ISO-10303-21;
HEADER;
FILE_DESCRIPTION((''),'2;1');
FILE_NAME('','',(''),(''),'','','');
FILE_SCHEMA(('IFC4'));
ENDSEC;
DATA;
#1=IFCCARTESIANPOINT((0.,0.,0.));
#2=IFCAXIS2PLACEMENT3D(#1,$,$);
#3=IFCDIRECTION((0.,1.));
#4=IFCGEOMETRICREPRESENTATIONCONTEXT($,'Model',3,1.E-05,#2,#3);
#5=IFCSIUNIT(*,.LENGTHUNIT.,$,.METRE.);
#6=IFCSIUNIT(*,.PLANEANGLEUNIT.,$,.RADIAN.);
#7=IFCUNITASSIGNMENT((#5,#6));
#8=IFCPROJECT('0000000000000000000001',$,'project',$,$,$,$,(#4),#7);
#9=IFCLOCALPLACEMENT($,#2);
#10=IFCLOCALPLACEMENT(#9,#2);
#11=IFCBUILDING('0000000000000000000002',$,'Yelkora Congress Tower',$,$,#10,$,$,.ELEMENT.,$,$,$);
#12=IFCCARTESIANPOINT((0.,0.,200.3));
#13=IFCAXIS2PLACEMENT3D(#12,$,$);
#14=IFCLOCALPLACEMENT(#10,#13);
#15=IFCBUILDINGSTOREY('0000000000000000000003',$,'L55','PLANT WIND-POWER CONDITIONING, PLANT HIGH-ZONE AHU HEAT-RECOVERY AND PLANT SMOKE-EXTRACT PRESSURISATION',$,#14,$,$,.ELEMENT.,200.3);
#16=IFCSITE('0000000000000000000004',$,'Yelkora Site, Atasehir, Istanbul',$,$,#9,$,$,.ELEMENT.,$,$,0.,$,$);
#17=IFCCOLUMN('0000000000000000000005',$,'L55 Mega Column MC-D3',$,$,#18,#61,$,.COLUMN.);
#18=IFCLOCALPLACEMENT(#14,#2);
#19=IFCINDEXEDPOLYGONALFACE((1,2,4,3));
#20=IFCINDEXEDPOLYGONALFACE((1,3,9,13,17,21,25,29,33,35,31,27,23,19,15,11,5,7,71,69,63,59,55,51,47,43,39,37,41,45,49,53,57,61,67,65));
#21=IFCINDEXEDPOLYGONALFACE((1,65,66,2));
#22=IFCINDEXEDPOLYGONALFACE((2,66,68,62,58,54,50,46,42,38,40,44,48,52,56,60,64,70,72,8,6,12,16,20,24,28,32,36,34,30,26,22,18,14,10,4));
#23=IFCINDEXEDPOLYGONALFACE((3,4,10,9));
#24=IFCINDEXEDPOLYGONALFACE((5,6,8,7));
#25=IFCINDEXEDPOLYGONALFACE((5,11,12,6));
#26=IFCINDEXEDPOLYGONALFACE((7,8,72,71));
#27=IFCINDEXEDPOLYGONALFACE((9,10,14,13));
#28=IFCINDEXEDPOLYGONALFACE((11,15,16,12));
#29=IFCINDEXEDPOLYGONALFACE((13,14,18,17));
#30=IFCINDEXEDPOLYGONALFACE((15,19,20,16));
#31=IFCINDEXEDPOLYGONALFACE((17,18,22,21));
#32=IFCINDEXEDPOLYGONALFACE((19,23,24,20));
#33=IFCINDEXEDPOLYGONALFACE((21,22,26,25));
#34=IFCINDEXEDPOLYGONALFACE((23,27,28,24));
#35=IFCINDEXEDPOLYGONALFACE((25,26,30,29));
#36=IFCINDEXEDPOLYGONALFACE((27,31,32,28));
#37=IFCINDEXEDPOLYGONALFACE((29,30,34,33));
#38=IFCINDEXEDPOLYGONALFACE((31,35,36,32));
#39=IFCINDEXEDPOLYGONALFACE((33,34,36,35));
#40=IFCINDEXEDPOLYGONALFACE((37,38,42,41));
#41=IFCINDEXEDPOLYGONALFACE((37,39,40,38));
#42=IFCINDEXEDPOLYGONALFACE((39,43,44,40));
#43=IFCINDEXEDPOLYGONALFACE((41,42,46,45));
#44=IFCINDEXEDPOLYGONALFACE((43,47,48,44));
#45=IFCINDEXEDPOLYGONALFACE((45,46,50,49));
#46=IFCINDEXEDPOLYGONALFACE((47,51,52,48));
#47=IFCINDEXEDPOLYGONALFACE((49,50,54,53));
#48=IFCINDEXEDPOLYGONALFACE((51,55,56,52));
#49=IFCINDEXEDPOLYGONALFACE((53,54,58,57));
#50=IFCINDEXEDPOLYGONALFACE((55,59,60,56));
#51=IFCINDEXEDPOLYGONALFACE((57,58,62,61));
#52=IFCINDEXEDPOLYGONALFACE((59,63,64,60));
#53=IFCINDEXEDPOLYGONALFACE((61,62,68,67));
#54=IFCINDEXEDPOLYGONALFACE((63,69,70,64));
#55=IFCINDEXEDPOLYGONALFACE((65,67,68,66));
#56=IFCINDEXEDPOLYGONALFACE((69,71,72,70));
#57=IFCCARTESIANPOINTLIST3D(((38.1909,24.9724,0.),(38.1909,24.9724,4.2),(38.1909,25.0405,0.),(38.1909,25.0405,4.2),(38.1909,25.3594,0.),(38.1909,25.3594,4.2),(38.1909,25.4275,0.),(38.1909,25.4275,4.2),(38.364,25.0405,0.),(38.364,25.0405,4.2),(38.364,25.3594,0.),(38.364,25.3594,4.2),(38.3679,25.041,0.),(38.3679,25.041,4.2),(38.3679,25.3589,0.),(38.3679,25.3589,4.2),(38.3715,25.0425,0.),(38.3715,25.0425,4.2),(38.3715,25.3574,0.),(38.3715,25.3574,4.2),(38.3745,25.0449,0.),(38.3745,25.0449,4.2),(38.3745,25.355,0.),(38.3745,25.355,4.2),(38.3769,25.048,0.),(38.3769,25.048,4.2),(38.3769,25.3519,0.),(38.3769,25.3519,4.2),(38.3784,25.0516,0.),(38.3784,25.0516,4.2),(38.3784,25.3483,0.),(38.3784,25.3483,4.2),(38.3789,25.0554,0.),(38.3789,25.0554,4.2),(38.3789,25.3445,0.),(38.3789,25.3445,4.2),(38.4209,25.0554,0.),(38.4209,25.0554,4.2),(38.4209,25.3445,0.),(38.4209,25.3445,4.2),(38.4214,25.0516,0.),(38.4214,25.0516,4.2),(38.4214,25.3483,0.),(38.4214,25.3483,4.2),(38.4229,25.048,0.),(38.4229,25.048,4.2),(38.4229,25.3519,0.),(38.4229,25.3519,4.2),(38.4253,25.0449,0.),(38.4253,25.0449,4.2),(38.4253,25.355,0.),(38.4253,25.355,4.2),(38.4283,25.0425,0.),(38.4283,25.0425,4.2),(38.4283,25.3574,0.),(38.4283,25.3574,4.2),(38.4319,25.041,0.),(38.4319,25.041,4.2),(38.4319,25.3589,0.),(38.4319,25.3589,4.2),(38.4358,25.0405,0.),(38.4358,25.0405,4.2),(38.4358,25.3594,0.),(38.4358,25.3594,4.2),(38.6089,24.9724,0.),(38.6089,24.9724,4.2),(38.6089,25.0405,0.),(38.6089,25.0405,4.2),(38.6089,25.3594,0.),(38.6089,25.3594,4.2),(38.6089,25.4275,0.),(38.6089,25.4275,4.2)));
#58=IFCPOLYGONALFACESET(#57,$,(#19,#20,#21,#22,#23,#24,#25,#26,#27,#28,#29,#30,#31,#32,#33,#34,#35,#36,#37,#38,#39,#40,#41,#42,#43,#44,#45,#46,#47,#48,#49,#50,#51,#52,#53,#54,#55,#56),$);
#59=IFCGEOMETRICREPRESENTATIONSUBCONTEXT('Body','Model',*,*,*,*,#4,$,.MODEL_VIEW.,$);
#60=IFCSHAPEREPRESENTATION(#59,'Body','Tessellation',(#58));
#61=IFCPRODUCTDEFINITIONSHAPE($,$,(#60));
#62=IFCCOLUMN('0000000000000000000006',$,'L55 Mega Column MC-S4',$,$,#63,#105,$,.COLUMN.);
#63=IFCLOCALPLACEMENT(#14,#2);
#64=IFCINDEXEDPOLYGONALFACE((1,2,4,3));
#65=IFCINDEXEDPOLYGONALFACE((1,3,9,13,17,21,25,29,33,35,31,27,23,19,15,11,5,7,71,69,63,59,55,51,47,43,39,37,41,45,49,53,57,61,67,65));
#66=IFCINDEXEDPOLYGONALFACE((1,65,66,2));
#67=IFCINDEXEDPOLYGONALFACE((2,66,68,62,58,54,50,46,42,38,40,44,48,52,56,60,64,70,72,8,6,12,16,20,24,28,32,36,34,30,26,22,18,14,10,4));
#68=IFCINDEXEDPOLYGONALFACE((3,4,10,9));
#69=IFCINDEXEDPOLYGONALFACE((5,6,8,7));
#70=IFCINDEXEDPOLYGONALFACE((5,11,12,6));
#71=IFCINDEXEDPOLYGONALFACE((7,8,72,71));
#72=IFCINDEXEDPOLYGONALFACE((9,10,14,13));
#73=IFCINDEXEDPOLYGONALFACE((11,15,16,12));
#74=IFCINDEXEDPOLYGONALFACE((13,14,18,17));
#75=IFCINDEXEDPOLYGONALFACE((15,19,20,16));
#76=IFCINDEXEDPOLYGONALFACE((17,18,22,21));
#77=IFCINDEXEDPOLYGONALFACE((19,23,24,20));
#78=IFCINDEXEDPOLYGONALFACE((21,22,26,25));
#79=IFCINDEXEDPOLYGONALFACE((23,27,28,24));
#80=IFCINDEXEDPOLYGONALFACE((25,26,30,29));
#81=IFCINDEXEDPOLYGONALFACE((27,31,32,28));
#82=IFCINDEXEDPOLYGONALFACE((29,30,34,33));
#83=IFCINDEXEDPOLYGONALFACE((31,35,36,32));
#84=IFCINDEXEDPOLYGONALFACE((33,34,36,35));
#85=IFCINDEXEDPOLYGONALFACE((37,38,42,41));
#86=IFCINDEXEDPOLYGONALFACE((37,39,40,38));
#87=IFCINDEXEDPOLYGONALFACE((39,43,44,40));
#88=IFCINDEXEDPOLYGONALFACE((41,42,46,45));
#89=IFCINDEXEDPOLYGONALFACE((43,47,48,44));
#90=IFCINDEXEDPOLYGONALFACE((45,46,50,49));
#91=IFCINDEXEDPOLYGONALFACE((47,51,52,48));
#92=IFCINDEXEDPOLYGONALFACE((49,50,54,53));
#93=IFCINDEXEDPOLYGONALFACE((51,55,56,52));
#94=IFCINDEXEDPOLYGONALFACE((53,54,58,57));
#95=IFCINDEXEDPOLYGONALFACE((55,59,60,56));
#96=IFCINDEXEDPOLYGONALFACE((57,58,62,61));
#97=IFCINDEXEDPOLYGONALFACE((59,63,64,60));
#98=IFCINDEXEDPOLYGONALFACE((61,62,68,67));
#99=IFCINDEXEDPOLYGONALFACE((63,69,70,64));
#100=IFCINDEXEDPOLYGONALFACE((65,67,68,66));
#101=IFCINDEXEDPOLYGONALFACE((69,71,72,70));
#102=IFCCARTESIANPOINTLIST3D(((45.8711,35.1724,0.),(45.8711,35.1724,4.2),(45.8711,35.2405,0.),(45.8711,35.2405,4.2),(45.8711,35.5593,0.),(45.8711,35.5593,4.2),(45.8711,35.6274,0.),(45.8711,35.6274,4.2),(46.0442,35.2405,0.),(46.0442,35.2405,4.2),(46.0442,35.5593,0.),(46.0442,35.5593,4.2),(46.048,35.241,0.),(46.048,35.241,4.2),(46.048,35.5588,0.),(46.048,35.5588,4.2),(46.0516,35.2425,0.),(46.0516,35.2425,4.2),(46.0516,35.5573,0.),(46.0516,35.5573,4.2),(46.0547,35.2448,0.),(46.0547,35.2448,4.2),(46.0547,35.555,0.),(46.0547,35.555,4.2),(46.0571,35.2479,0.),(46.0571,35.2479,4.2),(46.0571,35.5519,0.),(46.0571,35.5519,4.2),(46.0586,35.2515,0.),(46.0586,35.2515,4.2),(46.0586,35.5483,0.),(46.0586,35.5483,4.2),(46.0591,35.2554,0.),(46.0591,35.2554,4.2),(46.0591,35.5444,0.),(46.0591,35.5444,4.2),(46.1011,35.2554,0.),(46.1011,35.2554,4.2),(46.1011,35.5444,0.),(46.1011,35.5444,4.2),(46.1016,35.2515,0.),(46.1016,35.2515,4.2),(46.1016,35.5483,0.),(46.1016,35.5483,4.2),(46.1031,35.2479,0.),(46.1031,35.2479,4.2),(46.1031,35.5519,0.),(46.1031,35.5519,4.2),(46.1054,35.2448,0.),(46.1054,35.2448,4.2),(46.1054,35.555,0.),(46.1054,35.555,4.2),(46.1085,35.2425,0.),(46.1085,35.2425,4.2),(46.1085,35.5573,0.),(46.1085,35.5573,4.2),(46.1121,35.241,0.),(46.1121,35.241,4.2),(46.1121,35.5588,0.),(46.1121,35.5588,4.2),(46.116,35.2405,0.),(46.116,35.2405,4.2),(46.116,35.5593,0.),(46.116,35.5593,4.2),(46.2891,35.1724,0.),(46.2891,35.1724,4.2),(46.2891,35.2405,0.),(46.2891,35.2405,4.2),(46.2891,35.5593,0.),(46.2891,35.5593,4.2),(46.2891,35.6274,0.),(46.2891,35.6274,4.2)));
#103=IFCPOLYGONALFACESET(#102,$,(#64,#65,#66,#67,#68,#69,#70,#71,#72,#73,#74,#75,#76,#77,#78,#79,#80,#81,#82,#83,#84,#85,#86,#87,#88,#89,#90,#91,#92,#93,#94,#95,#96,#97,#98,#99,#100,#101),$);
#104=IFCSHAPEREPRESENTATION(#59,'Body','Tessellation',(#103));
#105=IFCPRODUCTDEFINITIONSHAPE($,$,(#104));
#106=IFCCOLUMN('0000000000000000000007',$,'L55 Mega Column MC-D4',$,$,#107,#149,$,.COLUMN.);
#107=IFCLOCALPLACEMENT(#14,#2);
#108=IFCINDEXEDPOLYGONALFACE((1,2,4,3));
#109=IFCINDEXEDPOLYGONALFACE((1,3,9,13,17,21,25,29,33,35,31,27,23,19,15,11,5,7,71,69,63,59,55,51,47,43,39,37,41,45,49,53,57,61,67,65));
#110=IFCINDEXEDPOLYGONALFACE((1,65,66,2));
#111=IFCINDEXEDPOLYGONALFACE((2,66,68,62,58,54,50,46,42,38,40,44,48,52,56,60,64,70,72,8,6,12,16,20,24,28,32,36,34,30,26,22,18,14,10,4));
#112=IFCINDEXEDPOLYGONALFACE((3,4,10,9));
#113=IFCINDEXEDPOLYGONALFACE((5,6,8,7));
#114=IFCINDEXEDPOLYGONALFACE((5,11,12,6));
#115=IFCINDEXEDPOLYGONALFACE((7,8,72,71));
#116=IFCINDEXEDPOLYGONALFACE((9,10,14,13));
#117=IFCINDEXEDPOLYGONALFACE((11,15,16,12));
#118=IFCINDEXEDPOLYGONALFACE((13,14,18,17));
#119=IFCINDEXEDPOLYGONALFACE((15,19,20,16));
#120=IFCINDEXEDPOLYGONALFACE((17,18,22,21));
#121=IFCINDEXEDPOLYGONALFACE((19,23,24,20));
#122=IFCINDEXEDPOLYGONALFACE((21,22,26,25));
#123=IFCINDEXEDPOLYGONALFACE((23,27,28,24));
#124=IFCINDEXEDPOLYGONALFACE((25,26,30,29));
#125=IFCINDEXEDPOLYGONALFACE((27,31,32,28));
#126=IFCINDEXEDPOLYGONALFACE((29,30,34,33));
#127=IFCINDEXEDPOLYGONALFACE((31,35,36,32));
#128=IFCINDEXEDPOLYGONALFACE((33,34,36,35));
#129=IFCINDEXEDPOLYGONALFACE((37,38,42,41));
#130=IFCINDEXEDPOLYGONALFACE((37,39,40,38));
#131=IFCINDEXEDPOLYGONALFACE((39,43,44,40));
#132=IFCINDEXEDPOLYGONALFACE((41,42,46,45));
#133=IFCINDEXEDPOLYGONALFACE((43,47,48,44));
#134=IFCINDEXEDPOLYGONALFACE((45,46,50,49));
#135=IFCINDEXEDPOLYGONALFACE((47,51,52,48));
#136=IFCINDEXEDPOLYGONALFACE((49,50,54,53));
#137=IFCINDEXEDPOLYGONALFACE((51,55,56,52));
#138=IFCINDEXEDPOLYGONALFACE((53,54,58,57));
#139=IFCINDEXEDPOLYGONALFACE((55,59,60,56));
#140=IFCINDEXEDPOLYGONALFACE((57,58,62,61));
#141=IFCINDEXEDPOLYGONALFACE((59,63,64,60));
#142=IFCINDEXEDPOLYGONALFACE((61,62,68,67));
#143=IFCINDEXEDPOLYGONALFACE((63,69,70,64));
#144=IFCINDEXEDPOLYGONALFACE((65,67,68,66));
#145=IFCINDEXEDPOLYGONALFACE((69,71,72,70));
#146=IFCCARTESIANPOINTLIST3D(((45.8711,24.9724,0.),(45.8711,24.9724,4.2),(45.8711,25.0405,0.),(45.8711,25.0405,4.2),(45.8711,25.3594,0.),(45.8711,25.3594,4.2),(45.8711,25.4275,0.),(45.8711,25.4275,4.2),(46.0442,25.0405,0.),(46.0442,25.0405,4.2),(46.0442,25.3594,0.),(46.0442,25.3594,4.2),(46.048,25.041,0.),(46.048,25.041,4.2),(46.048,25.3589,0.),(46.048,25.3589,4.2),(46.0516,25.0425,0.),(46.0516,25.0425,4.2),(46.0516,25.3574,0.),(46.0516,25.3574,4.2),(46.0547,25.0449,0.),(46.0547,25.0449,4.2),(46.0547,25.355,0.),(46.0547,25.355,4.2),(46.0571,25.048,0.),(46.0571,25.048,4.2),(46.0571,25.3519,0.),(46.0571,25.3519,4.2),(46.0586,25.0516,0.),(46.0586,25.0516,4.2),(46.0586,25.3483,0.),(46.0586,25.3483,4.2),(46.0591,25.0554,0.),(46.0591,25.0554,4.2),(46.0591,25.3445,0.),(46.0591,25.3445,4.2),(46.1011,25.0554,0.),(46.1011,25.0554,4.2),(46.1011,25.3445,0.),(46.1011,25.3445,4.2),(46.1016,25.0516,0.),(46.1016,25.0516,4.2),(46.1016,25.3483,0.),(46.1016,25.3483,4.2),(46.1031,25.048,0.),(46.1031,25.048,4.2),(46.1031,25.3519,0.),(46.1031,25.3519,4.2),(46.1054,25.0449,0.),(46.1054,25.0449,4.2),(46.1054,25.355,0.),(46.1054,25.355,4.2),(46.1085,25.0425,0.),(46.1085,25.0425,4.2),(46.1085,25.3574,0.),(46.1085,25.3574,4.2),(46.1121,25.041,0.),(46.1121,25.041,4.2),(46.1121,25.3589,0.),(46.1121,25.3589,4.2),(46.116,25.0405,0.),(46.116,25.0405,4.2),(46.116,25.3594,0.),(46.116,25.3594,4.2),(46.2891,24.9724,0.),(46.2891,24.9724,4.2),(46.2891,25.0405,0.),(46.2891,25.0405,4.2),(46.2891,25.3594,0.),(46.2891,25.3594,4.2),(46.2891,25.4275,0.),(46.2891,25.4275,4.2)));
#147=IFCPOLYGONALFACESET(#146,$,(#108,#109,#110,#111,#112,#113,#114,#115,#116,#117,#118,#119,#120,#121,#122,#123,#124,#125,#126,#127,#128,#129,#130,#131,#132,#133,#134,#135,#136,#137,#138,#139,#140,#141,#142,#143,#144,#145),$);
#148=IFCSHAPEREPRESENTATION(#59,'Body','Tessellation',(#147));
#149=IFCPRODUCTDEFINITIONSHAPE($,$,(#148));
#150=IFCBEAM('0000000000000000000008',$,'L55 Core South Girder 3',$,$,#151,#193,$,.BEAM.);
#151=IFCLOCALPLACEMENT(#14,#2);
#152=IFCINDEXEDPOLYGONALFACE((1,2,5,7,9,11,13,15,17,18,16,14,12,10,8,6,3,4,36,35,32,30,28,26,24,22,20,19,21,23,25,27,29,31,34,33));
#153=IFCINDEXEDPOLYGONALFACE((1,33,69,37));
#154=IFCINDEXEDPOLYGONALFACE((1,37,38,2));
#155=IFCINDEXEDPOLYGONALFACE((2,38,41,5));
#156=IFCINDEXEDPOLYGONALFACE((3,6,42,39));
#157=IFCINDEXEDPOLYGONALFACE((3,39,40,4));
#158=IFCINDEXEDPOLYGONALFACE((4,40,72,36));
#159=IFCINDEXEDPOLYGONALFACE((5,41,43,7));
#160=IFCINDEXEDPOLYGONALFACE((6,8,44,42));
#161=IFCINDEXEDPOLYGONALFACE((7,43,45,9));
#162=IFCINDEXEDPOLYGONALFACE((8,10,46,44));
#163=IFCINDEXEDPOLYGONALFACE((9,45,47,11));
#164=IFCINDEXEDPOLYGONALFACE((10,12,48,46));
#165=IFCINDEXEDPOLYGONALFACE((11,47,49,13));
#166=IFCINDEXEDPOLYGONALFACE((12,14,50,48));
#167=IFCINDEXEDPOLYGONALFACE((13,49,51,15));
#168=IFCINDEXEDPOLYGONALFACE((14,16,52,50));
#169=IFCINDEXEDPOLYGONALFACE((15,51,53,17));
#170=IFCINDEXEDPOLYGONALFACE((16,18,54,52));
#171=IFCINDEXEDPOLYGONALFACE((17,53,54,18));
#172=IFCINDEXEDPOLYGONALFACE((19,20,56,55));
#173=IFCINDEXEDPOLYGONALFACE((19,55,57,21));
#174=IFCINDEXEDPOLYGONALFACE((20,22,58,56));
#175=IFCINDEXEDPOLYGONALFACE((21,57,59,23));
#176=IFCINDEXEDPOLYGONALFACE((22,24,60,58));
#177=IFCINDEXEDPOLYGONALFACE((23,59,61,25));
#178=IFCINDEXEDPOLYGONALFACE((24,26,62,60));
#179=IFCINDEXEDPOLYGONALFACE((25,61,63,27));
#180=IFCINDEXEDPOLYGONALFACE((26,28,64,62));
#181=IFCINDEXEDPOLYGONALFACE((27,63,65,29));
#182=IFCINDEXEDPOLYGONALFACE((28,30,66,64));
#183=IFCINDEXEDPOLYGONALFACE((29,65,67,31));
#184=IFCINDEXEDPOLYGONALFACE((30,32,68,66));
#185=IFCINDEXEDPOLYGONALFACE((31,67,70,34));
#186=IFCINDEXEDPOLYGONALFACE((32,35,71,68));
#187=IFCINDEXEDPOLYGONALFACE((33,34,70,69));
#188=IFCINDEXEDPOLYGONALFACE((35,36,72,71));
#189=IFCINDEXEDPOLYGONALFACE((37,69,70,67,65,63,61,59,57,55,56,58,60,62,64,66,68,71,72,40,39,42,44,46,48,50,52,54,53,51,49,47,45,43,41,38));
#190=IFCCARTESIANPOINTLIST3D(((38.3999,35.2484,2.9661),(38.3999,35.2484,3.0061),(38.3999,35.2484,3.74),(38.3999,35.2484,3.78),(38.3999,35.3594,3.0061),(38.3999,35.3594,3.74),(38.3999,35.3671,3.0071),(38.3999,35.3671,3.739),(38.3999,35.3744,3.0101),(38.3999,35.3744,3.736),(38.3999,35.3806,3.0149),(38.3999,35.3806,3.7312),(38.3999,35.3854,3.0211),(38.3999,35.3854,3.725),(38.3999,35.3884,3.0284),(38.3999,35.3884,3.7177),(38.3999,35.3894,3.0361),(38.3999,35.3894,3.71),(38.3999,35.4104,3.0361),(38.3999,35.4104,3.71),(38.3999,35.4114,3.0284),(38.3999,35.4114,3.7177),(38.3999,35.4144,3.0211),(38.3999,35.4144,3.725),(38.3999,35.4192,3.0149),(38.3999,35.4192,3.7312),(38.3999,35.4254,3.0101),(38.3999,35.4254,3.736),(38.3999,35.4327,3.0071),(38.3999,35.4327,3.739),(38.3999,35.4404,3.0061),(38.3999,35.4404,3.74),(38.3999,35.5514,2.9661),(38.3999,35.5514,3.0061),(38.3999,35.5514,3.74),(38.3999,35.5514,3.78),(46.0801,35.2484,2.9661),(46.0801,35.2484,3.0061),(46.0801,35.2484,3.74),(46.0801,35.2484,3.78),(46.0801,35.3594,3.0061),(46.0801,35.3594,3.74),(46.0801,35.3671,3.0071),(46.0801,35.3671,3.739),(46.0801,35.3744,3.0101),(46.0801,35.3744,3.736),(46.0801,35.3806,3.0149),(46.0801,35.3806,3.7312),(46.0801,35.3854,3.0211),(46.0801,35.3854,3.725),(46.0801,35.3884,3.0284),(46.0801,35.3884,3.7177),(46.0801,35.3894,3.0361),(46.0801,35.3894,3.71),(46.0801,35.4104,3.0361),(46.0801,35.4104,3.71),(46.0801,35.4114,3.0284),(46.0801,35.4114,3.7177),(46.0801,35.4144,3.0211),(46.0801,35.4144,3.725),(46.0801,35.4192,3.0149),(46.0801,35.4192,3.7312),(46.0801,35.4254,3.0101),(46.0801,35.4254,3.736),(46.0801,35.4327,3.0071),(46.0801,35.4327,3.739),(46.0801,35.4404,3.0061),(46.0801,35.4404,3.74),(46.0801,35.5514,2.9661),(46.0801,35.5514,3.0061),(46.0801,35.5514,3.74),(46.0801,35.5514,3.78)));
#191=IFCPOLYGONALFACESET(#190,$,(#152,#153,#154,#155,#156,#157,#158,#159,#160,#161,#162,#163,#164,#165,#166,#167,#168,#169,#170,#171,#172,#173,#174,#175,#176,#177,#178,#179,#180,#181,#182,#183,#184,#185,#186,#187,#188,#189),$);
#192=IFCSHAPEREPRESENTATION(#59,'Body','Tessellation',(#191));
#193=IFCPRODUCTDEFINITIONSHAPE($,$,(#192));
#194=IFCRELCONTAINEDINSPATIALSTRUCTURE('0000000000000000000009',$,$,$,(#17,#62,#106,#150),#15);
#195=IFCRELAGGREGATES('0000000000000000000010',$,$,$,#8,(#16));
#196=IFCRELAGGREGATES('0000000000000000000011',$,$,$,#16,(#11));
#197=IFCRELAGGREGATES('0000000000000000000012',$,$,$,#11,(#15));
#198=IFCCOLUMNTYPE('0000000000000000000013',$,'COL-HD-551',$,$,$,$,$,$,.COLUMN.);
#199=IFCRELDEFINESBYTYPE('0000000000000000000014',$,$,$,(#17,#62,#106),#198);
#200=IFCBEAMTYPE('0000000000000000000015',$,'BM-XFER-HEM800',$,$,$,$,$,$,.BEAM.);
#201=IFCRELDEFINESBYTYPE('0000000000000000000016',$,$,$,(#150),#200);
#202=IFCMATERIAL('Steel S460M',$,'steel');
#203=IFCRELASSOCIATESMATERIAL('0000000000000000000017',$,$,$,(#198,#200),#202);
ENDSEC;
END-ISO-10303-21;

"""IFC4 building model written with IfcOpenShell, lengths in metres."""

from ifc_helpers import new_model, si_unit, direction, frame, origin, origin_2d, place, context, subcontext, project, spatial, i_section, extrude, material, material_profile, profile_set, type_object, element, save


model = new_model("IFC4")

# Units and contexts
model_context = context("Model", 3, precision=1e-05, world=origin(), true_north=direction((0.0, 1.0)))
body_context = subcontext(model_context, "Body", "Model", "MODEL_VIEW")
ifc_project = project(units=[si_unit("LENGTHUNIT", "METRE"), si_unit("PLANEANGLEUNIT", "RADIAN")], contexts=[model_context])

# Site, building, storey
site_placement = place(None, origin())
site = spatial("IfcSite", under=ifc_project, at=site_placement, Name="Yelkora Site, Atasehir, Istanbul", CompositionType="ELEMENT", RefElevation=0.0)
building_placement = place(site_placement, origin())
building = spatial("IfcBuilding", under=site, at=building_placement, Name="Yelkora Congress Tower", CompositionType="ELEMENT")
storey_placement = place(building_placement, frame((0.0, 0.0, 200.3)))
storey = spatial("IfcBuildingStorey", under=building, at=storey_placement, Name="L55", Description="PLANT WIND-POWER CONDITIONING, PLANT HIGH-ZONE AHU HEAT-RECOVERY AND PLANT SMOKE-EXTRACT PRESSURISATION", CompositionType="ELEMENT", Elevation=200.3)

# Columns
ifc_material_1 = material(Name="Steel S460M", Category="steel")
ifc_material_profile_1 = material_profile(ifc_material_1, i_section(OverallWidth=0.418, OverallDepth=0.4551, WebThickness=0.042, FlangeThickness=0.0681, FilletRadius=0.0149, at=origin_2d()), Name="HD 400x551")
ifc_profile_set_1 = profile_set([ifc_material_profile_1], Name="Steel S460M")
column_type = type_object("IfcColumnType", Name="COL-HD-551", PredefinedType="COLUMN", material=ifc_profile_set_1)
for number, where, z_axis, x_axis, name in (
    (1, (38.3999, 25.2, 0.0), (0.0, 0.0, 1.0), (1.0, 0.0, 0.0), "L55 Mega Column MC-D3"),
    (2, (46.0801, 35.3999, 0.0), (0.0, 0.0, 1.0), (1.0, 0.0, 0.0), "L55 Mega Column MC-S4"),
    (3, (46.0801, 25.2, 0.0), (0.0, 0.0, 1.0), (1.0, 0.0, 0.0), "L55 Mega Column MC-D4"),
):
    element("IfcColumn", number, at=place(storey_placement, frame(where, z_axis=z_axis, x_axis=x_axis)), inside=storey, type_object=column_type, Name=name, PredefinedType="COLUMN", context=body_context, shape_type="SweptSolid", body=[
        extrude(i_section(OverallWidth=0.418, OverallDepth=0.4551, WebThickness=0.042, FlangeThickness=0.0681, FilletRadius=0.0149, at=origin_2d()), origin(), (0.0, 0.0, 1.0), 4.2),
    ])

# Beam
ifc_material_profile_2 = material_profile(ifc_material_1, i_section(OverallWidth=0.303, OverallDepth=0.814, WebThickness=0.021, FlangeThickness=0.04, FilletRadius=0.03, at=origin_2d()), Name="HEM 800")
ifc_profile_set_2 = profile_set([ifc_material_profile_2], Name="Steel S460M")
beam_type_1 = type_object("IfcBeamType", Name="BM-XFER-HEM800", PredefinedType="BEAM", material=ifc_profile_set_2)
beam_1_placement = place(storey_placement, frame((38.3999, 35.3999, 3.373), z_axis=(1.0, 0.0, 0.0), x_axis=(0.0, 1.0, 0.0)))
element("IfcBeam", 4, at=beam_1_placement, inside=storey, type_object=beam_type_1, Name="L55 Core South Girder 3", PredefinedType="BEAM", context=body_context, shape_type="SweptSolid", body=[
    extrude(i_section(OverallWidth=0.303, OverallDepth=0.814, WebThickness=0.021, FlangeThickness=0.04, FilletRadius=0.03, at=origin_2d()), origin(), (0.0, 0.0, 1.0), 7.6802),
])

save(model, "model.ifc")
